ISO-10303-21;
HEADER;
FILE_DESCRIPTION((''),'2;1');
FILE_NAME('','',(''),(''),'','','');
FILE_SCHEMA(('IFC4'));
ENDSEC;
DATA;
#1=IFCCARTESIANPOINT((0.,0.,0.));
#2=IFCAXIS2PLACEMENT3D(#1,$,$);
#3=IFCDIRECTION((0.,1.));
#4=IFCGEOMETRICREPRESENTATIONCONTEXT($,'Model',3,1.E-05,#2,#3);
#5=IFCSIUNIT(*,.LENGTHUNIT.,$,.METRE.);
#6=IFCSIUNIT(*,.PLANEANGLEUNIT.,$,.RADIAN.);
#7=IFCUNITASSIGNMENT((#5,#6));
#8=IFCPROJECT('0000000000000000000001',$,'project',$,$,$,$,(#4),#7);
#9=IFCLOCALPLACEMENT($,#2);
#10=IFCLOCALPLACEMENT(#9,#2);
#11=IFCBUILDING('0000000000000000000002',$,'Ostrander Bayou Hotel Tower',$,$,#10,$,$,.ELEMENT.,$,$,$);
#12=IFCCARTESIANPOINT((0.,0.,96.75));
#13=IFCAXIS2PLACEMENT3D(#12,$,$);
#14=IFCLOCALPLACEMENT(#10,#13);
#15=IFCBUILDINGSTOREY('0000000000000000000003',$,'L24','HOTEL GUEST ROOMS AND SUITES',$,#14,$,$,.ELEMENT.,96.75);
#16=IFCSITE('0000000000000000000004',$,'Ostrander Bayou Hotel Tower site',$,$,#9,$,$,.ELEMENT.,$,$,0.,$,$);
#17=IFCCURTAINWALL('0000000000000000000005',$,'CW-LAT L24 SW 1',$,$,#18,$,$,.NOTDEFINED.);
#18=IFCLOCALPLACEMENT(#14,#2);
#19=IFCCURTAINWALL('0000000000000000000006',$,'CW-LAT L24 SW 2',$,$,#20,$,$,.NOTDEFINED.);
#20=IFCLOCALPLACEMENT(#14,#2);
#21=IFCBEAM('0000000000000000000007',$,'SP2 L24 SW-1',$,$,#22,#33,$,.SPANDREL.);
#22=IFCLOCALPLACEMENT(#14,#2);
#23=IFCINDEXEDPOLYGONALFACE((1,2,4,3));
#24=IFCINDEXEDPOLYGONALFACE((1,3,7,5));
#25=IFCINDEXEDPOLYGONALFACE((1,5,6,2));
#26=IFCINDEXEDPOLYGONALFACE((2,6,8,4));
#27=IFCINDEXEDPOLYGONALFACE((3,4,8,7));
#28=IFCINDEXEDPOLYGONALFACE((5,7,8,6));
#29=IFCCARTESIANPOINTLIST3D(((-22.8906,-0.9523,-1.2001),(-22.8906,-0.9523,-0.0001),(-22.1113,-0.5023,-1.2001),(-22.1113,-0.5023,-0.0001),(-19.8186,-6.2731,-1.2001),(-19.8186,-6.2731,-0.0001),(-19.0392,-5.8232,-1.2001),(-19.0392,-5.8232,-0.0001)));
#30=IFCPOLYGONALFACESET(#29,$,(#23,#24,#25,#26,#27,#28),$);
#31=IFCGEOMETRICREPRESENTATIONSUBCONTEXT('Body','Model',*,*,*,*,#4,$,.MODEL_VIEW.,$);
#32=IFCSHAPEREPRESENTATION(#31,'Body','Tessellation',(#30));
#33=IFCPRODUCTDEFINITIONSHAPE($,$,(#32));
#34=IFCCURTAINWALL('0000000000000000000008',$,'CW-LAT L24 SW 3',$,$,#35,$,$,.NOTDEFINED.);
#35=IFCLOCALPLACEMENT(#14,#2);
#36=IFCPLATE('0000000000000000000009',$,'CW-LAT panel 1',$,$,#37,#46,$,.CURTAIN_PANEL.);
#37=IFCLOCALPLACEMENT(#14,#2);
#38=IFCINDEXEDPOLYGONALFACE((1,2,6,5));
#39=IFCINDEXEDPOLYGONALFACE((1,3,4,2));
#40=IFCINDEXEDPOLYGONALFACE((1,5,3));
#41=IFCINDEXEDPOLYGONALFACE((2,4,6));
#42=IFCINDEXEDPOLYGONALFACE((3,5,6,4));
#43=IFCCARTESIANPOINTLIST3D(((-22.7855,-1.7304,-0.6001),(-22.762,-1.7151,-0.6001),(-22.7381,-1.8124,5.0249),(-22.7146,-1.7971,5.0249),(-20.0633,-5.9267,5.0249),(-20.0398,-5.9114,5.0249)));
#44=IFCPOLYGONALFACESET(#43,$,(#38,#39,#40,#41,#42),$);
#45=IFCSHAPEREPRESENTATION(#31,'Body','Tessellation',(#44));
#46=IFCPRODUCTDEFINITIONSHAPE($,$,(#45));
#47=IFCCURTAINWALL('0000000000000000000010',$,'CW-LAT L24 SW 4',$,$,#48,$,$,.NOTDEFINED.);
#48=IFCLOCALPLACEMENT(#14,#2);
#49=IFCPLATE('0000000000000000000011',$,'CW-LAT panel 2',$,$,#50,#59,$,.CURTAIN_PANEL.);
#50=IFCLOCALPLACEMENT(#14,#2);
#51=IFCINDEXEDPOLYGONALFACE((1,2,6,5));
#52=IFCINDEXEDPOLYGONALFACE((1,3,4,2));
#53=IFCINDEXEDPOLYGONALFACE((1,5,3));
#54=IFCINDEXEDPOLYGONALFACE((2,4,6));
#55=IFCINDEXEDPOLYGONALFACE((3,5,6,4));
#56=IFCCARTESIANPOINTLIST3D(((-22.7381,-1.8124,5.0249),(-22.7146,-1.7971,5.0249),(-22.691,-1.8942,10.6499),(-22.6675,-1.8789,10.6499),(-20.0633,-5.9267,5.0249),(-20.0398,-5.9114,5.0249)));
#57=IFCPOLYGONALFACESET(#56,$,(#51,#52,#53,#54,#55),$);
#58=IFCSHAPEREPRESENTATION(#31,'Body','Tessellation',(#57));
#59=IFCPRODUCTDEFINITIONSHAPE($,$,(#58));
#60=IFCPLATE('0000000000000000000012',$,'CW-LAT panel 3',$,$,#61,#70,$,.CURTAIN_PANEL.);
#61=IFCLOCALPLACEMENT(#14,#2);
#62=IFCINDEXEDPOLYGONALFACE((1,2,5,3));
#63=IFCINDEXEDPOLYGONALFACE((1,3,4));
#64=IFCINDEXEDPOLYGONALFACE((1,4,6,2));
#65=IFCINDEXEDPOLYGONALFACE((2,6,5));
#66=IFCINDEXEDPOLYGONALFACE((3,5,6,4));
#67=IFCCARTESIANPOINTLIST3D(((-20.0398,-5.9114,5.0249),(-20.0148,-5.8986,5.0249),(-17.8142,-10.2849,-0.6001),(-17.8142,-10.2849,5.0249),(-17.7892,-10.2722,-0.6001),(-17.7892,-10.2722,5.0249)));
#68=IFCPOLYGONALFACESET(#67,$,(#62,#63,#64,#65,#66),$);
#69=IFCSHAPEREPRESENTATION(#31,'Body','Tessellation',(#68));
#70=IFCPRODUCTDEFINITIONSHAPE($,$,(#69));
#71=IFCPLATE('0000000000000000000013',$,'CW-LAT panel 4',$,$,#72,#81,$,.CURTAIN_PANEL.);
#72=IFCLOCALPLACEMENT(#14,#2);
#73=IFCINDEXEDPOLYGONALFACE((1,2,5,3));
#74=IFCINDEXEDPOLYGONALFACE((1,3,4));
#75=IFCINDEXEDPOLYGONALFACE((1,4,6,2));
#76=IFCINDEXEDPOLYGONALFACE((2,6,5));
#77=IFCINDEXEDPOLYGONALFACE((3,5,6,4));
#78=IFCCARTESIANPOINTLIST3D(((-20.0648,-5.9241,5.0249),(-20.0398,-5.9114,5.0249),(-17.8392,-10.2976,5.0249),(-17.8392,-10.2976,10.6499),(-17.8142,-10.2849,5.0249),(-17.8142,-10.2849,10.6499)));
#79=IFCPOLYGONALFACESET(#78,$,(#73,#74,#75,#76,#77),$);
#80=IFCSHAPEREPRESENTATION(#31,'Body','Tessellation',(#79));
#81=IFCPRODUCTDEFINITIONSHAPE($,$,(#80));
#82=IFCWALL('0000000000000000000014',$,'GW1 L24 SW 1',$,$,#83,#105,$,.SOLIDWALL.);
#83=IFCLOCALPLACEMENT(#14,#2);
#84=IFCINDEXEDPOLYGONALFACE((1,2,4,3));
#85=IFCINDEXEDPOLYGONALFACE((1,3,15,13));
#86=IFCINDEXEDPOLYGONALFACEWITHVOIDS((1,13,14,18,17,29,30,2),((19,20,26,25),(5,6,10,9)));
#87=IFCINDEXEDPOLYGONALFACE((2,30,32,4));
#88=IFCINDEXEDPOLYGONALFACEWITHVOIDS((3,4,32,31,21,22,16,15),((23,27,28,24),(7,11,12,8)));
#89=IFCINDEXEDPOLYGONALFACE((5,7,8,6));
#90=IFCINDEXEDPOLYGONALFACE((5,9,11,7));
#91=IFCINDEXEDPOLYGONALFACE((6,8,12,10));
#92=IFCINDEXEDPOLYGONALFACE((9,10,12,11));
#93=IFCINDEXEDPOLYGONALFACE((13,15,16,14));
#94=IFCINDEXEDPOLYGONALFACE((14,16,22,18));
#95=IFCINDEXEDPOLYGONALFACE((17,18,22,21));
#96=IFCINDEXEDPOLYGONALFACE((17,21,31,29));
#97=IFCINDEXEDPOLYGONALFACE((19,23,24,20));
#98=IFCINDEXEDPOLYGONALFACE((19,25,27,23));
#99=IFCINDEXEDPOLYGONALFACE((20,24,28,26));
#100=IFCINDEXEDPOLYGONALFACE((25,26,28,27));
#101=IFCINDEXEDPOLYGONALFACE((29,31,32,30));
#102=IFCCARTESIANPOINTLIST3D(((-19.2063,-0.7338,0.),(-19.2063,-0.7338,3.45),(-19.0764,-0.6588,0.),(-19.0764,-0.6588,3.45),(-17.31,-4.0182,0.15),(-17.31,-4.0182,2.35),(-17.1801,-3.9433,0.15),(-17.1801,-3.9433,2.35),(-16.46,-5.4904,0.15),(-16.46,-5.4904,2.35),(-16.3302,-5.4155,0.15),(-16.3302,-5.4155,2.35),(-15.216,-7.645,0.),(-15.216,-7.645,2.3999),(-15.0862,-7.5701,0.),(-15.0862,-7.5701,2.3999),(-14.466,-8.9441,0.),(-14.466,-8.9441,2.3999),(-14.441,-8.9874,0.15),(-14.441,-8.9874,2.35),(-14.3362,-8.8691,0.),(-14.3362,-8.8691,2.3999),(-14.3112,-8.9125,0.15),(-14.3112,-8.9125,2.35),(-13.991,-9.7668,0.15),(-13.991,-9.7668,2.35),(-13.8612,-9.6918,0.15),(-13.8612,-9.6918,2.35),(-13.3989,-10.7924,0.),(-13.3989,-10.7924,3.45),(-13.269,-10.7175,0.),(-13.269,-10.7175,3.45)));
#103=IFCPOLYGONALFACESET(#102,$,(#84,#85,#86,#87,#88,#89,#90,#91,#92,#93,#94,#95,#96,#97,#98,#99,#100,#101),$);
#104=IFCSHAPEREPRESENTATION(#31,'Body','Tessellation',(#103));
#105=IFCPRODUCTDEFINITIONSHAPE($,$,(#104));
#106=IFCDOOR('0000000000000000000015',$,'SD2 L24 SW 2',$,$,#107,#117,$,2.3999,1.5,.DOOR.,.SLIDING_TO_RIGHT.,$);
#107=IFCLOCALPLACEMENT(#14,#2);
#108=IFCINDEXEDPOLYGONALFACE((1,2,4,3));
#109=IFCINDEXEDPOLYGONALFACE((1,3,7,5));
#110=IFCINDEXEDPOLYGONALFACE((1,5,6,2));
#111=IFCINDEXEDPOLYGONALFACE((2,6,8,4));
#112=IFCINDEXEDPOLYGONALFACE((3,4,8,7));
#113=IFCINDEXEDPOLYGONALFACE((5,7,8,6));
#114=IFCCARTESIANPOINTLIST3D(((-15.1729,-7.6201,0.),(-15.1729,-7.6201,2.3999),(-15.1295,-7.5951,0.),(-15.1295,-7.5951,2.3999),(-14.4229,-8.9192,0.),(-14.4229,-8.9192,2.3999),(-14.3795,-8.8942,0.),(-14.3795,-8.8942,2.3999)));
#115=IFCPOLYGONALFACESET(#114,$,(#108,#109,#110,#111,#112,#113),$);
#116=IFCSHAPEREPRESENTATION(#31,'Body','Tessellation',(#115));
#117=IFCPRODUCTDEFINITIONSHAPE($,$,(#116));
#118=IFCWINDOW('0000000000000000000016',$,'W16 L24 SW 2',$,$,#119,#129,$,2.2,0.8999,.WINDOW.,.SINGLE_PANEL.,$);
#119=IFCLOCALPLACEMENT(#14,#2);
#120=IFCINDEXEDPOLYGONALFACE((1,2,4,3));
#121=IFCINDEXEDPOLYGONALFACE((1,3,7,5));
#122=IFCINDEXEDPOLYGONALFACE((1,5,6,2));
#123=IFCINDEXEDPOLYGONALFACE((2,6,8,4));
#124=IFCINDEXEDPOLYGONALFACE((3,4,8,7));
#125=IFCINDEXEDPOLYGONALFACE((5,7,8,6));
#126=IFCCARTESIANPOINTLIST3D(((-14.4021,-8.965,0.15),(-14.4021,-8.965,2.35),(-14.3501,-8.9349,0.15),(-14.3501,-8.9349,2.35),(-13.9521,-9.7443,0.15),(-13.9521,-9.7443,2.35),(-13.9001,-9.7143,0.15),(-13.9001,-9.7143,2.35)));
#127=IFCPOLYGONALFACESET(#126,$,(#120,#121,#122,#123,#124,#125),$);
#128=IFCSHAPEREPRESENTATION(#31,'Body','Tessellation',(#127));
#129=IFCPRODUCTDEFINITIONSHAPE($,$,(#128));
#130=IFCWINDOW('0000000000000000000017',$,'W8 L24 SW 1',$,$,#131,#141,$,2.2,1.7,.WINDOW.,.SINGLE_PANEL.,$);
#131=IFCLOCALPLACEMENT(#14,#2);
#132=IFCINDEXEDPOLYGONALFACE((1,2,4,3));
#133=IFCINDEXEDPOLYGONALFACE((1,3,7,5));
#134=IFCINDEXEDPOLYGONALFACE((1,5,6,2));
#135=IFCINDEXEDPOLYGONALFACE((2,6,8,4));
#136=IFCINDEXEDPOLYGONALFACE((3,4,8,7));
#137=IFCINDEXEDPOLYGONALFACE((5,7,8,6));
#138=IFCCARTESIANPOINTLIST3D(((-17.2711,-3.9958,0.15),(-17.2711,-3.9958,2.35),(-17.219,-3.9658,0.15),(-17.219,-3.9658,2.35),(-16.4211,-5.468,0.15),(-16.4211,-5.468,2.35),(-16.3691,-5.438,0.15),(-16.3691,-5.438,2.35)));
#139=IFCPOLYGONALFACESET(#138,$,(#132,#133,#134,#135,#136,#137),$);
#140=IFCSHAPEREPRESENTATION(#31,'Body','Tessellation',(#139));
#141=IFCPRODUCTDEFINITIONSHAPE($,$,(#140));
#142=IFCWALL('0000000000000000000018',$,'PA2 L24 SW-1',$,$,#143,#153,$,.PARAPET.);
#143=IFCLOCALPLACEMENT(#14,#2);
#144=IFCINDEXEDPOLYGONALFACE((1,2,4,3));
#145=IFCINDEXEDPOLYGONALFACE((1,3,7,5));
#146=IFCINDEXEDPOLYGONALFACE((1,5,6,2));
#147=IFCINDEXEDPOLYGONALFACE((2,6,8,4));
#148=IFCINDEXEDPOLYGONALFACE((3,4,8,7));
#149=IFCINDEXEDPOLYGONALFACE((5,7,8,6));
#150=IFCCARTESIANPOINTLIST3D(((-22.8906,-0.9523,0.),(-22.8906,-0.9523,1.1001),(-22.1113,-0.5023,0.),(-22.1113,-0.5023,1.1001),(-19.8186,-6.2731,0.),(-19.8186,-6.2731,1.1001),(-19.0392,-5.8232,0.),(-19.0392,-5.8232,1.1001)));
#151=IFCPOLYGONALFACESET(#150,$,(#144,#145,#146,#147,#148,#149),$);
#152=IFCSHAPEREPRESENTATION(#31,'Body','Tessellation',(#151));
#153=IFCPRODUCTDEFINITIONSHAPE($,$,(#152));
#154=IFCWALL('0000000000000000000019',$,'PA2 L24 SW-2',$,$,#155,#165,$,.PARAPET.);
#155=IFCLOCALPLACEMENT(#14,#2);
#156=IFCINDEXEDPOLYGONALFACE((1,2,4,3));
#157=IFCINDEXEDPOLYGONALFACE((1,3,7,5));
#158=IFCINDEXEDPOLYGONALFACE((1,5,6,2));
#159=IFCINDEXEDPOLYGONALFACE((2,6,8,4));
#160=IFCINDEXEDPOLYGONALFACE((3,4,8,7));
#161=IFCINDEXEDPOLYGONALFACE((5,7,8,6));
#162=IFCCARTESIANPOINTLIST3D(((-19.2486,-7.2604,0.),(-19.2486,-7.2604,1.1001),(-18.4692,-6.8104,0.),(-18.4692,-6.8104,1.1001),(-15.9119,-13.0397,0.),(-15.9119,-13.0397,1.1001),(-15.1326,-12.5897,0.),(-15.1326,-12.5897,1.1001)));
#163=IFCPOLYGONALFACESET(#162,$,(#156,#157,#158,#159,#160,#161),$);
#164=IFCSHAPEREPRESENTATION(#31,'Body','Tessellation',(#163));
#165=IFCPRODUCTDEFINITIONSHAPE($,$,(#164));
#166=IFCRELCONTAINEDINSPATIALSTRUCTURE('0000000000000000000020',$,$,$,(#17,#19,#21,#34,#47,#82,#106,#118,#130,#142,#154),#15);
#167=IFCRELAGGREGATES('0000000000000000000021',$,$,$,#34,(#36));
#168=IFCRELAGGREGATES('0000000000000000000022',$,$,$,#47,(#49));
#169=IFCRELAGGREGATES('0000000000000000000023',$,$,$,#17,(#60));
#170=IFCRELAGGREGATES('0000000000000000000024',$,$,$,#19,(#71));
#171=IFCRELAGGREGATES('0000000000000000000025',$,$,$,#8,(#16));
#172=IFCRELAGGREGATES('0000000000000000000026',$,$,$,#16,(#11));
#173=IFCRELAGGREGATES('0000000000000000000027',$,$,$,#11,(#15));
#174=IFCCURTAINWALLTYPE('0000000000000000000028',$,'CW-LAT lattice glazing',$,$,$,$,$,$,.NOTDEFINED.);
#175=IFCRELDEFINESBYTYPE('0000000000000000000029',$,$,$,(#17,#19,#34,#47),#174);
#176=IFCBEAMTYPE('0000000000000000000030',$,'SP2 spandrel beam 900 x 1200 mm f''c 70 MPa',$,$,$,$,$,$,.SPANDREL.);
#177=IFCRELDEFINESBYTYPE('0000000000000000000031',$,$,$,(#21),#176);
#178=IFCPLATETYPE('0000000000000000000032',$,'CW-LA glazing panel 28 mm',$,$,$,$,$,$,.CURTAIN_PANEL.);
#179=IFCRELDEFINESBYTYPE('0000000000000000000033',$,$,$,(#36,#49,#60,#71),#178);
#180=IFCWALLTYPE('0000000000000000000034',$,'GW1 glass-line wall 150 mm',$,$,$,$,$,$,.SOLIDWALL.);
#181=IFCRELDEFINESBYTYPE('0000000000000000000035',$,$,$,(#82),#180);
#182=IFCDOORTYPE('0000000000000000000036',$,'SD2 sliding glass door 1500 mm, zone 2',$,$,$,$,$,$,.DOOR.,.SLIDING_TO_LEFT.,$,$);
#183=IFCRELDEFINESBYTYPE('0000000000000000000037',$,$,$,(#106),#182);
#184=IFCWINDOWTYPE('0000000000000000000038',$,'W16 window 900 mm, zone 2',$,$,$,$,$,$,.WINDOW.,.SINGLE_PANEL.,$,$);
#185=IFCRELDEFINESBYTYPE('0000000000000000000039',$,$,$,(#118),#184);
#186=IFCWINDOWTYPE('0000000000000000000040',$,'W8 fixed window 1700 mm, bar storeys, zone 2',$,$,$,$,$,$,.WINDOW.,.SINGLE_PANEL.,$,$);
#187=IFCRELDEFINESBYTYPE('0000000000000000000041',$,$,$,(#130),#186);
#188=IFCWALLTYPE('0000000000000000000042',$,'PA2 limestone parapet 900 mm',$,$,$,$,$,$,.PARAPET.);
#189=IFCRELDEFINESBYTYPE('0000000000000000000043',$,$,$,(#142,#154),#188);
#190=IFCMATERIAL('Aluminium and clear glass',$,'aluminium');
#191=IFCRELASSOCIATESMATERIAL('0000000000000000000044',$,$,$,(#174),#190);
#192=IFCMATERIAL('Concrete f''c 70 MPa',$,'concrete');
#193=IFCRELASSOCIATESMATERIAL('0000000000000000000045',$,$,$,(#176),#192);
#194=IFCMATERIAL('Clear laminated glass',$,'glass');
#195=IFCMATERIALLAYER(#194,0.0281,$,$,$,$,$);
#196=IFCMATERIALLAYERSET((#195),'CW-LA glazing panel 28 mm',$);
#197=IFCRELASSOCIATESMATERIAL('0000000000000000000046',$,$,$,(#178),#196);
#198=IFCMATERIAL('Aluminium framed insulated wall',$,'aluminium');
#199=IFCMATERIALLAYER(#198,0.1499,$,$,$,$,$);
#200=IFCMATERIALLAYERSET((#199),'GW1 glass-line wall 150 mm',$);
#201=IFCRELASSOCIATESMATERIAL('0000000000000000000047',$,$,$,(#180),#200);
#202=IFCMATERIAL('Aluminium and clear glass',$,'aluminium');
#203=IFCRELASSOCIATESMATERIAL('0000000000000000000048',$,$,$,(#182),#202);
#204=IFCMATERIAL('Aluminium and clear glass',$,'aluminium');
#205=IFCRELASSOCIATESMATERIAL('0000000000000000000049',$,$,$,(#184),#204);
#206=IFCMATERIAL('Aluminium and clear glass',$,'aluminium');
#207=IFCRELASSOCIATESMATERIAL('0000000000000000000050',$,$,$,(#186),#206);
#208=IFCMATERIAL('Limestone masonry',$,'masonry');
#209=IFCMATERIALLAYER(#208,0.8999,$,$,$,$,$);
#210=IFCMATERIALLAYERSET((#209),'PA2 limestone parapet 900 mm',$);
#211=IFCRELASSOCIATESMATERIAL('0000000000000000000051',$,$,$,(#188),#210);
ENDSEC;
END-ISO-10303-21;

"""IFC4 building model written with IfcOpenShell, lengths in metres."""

from ifc_helpers import new_model, si_unit, direction, frame, frame_2d, origin, origin_2d, place, context, subcontext, project, spatial, polyline, rectangle, outline, extrude, material, layer, layer_set, material_profile, profile_set, type_object, element, fill, aggregate, save


model = new_model("IFC4")

# Units and contexts
model_context = context("Model", 3, precision=1e-05, world=origin(), true_north=direction((0.0, 1.0)))
body_context = subcontext(model_context, "Body", "Model", "MODEL_VIEW")
ifc_project = project(units=[si_unit("LENGTHUNIT", "METRE"), si_unit("PLANEANGLEUNIT", "RADIAN")], contexts=[model_context])

# Site, building, storey
site_placement = place(None, origin())
site = spatial("IfcSite", under=ifc_project, at=site_placement, Name="Ostrander Bayou Hotel Tower site", CompositionType="ELEMENT", RefElevation=0.0)
building_placement = place(site_placement, origin())
building = spatial("IfcBuilding", under=site, at=building_placement, Name="Ostrander Bayou Hotel Tower", CompositionType="ELEMENT")
storey_placement = place(building_placement, frame((0.0, 0.0, 96.75)))
storey = spatial("IfcBuildingStorey", under=building, at=storey_placement, Name="L24", Description="HOTEL GUEST ROOMS AND SUITES", CompositionType="ELEMENT", Elevation=96.75)

# Curtain wall
ifc_material_1 = material(Name="Aluminium and clear glass", Category="aluminium")
curtain_wall_type = type_object("IfcCurtainWallType", Name="CW-LAT lattice glazing", PredefinedType="NOTDEFINED", material=ifc_material_1)
curtain_wall_1_placement = place(storey_placement, origin())
curtain_wall_1 = element("IfcCurtainWall", 1, at=curtain_wall_1_placement, inside=storey, type_object=curtain_wall_type, Name="CW-LAT L24 SW 1", PredefinedType="NOTDEFINED")

# Curtain wall
curtain_wall_2_placement = place(storey_placement, origin())
curtain_wall_2 = element("IfcCurtainWall", 2, at=curtain_wall_2_placement, inside=storey, type_object=curtain_wall_type, Name="CW-LAT L24 SW 2", PredefinedType="NOTDEFINED")

# Beam
ifc_material_2 = material(Name="Concrete f'c 70 MPa", Category="concrete")
ifc_material_profile_1 = material_profile(ifc_material_2, rectangle(XDim=0.8999, YDim=1.2, at=origin_2d()))
ifc_profile_set_1 = profile_set([ifc_material_profile_1], Name="Concrete f'c 70 MPa")
beam_type_1 = type_object("IfcBeamType", Name="SP2 spandrel beam 900 x 1200 mm f'c 70 MPa", PredefinedType="SPANDREL", material=ifc_profile_set_1)
beam_1_placement = place(storey_placement, frame((-22.501, -0.7273, -0.6001), z_axis=(0.500007, -0.866021, 0.0), x_axis=(0.866021, 0.500007, 0.0)))
element("IfcBeam", 3, at=beam_1_placement, inside=storey, type_object=beam_type_1, Name="SP2 L24 SW-1", PredefinedType="SPANDREL", context=body_context, shape_type="SweptSolid", body=[
    extrude(rectangle(XDim=0.8999, YDim=1.2, at=origin_2d()), origin(), (0.0, 0.0, 1.0), 6.144),
])

# Curtain walls, plates
curtain_wall_3_placement = place(storey_placement, origin())
curtain_wall_3 = element("IfcCurtainWall", 4, at=curtain_wall_3_placement, inside=storey, type_object=curtain_wall_type, Name="CW-LAT L24 SW 3", PredefinedType="NOTDEFINED")
ifc_material_3 = material(Name="Clear laminated glass", Category="glass")
ifc_layer_1 = layer(ifc_material_3, 0.0281)
ifc_layer_set_1 = layer_set([ifc_layer_1], Name="CW-LA glazing panel 28 mm")
plate_type = type_object("IfcPlateType", Name="CW-LA glazing panel 28 mm", PredefinedType="CURTAIN_PANEL", material=ifc_layer_set_1)
plate_1_placement = place(storey_placement, frame((-20.0398, -5.9114, 5.0249), z_axis=(0.838393, 0.545065, 0.000889), x_axis=(-0.361641, 0.557479, -0.747284)))
plate_1 = element("IfcPlate", 5, at=plate_1_placement, type_object=plate_type, Name="CW-LAT panel 1", PredefinedType="CURTAIN_PANEL", context=body_context, shape_type="SweptSolid", body=[
    extrude(outline(polyline([(0.0, 0.0), (7.5273, 0.0), (3.2609, 3.6672), (0.0, 0.0)])), origin(), (0.0, 0.0, -1.0), 0.0281),
])
aggregate(curtain_wall_3, [plate_1])
curtain_wall_4_placement = place(storey_placement, origin())
curtain_wall_4 = element("IfcCurtainWall", 6, at=curtain_wall_4_placement, inside=storey, type_object=curtain_wall_type, Name="CW-LAT L24 SW 4", PredefinedType="NOTDEFINED")
plate_2_placement = place(storey_placement, frame((-20.0398, -5.9114, 5.0249), z_axis=(0.838393, 0.545065, 0.000902), x_axis=(-0.354943, 0.544699, 0.759815)))
plate_2 = element("IfcPlate", 7, at=plate_2_placement, type_object=plate_type, Name="CW-LAT panel 2", PredefinedType="CURTAIN_PANEL", context=body_context, shape_type="SweptSolid", body=[
    extrude(outline(polyline([(0.0, 0.0), (7.4031, 0.0), (3.1904, -3.7286), (0.0, 0.0)])), origin(), (0.0, 0.0, -1.0), 0.0281),
])
aggregate(curtain_wall_4, [plate_2])

# Plates
plate_3_placement = place(storey_placement, frame((-20.0398, -5.9114, 5.0249), z_axis=(-0.891241, -0.453531, 0.0), x_axis=(0.298148, -0.585896, -0.753547)))
plate_3 = element("IfcPlate", 8, at=plate_3_placement, type_object=plate_type, Name="CW-LAT panel 3", PredefinedType="CURTAIN_PANEL", context=body_context, shape_type="SweptSolid", body=[
    extrude(outline(polyline([(0.0, 0.0), (7.4647, 0.0), (3.226, 3.6978), (0.0, 0.0)])), origin(), (0.0, 0.0, -1.0), 0.0281),
])
aggregate(curtain_wall_1, [plate_3])
plate_4_placement = place(storey_placement, frame((-20.0398, -5.9114, 5.0249), z_axis=(0.891241, 0.453531, 0.0), x_axis=(0.298148, -0.585896, 0.753547)))
plate_4 = element("IfcPlate", 9, at=plate_4_placement, type_object=plate_type, Name="CW-LAT panel 4", PredefinedType="CURTAIN_PANEL", context=body_context, shape_type="SweptSolid", body=[
    extrude(outline(polyline([(0.0, 0.0), (7.4647, 0.0), (3.226, 3.6978), (0.0, 0.0)])), origin(), (0.0, 0.0, -1.0), 0.0281),
])
aggregate(curtain_wall_2, [plate_4])

# Wall, openings, door, windows
ifc_material_4 = material(Name="Aluminium framed insulated wall", Category="aluminium")
ifc_layer_2 = layer(ifc_material_4, 0.1499)
ifc_layer_set_2 = layer_set([ifc_layer_2], Name="GW1 glass-line wall 150 mm")
wall_type_1 = type_object("IfcWallType", Name="GW1 glass-line wall 150 mm", PredefinedType="SOLIDWALL", material=ifc_layer_set_2)
wall_1_placement = place(storey_placement, frame((-19.1414, -0.6963, 0.0), z_axis=(0.0, 0.0, 1.0), x_axis=(0.500003, -0.866024, 0.0)))
wall_1 = element("IfcWall", 10, at=wall_1_placement, inside=storey, type_object=wall_type_1, Name="GW1 L24 SW 1", PredefinedType="SOLIDWALL", context=body_context, shape_type="SweptSolid", body=[
    extrude(rectangle(XDim=11.6147, YDim=0.1499, at=frame_2d((5.8074, 0.0))), origin(), (0.0, 0.0, 1.0), 3.45),
])
opening_1_placement = place(wall_1_placement, frame((3.7925, 0.0, 0.1499)))
opening_1 = element("IfcOpeningElement", 11, at=opening_1_placement, cuts=wall_1, PredefinedType="OPENING", context=body_context, shape_type="SweptSolid", body=[
    extrude(rectangle(XDim=1.7, YDim=2.2, at=frame_2d((0.8501, 1.1001))), frame((0.0, 0.075, 0.0), z_axis=(0.0, -1.0, 0.0), x_axis=(1.0, 0.0, 0.0)), (0.0, 0.0, 1.0), 0.1499),
])
opening_2_placement = place(wall_1_placement, frame((9.5305, 0.0, 0.1499)))
opening_2 = element("IfcOpeningElement", 12, at=opening_2_placement, cuts=wall_1, PredefinedType="OPENING", context=body_context, shape_type="SweptSolid", body=[
    extrude(rectangle(XDim=0.8999, YDim=2.2, at=frame_2d((0.45, 1.1001))), frame((0.0, 0.075, 0.0), z_axis=(0.0, -1.0, 0.0), x_axis=(1.0, 0.0, 0.0)), (0.0, 0.0, 1.0), 0.1499),
])
opening_3_placement = place(wall_1_placement, frame((7.9805, 0.0, 0.0)))
opening_3 = element("IfcOpeningElement", 13, at=opening_3_placement, cuts=wall_1, PredefinedType="OPENING", context=body_context, shape_type="SweptSolid", body=[
    extrude(rectangle(XDim=1.5, YDim=2.3999, at=frame_2d((0.75, 1.2))), frame((0.0, 0.075, 0.0), z_axis=(0.0, -1.0, 0.0), x_axis=(1.0, 0.0, 0.0)), (0.0, 0.0, 1.0), 0.1499),
])
ifc_material_5 = material(Name="Aluminium and clear glass", Category="aluminium")
door_type_1 = type_object("IfcDoorType", Name="SD2 sliding glass door 1500 mm, zone 2", OperationType="SLIDING_TO_LEFT", PredefinedType="DOOR", material=ifc_material_5)
door_1_placement = place(opening_3_placement, origin())
door_1 = element("IfcDoor", 14, at=door_1_placement, inside=storey, type_object=door_type_1, Name="SD2 L24 SW 2", OperationType="SLIDING_TO_RIGHT", OverallHeight=2.3999, OverallWidth=1.5, PredefinedType="DOOR", context=body_context, shape_type="SweptSolid", body=[
    extrude(rectangle(XDim=1.5, YDim=2.3999, at=frame_2d((0.75, 1.2))), frame((0.0, 0.0249, 0.0), z_axis=(0.0, -1.0, 0.0), x_axis=(1.0, 0.0, 0.0)), (0.0, 0.0, 1.0), 0.05),
])
fill(opening_3, door_1)
ifc_material_6 = material(Name="Aluminium and clear glass", Category="aluminium")
window_type_1 = type_object("IfcWindowType", Name="W16 window 900 mm, zone 2", PartitioningType="SINGLE_PANEL", PredefinedType="WINDOW", material=ifc_material_6)
window_1_placement = place(opening_2_placement, origin())
window_1 = element("IfcWindow", 15, at=window_1_placement, inside=storey, type_object=window_type_1, Name="W16 L24 SW 2", OverallHeight=2.2, OverallWidth=0.8999, PartitioningType="SINGLE_PANEL", PredefinedType="WINDOW", context=body_context, shape_type="SweptSolid", body=[
    extrude(rectangle(XDim=0.8999, YDim=2.2, at=frame_2d((0.45, 1.1001))), frame((0.0, 0.03, 0.0), z_axis=(0.0, -1.0, 0.0), x_axis=(1.0, 0.0, 0.0)), (0.0, 0.0, 1.0), 0.0601),
])
fill(opening_2, window_1)
ifc_material_7 = material(Name="Aluminium and clear glass", Category="aluminium")
window_type_2 = type_object("IfcWindowType", Name="W8 fixed window 1700 mm, bar storeys, zone 2", PartitioningType="SINGLE_PANEL", PredefinedType="WINDOW", material=ifc_material_7)
window_2_placement = place(opening_1_placement, origin())
window_2 = element("IfcWindow", 16, at=window_2_placement, inside=storey, type_object=window_type_2, Name="W8 L24 SW 1", OverallHeight=2.2, OverallWidth=1.7, PartitioningType="SINGLE_PANEL", PredefinedType="WINDOW", context=body_context, shape_type="SweptSolid", body=[
    extrude(rectangle(XDim=1.7, YDim=2.2, at=frame_2d((0.8501, 1.1001))), frame((0.0, 0.03, 0.0), z_axis=(0.0, -1.0, 0.0), x_axis=(1.0, 0.0, 0.0)), (0.0, 0.0, 1.0), 0.0601),
])
fill(opening_1, window_2)

# Walls
ifc_material_8 = material(Name="Limestone masonry", Category="masonry")
ifc_layer_3 = layer(ifc_material_8, 0.8999)
ifc_layer_set_3 = layer_set([ifc_layer_3], Name="PA2 limestone parapet 900 mm")
wall_type_2 = type_object("IfcWallType", Name="PA2 limestone parapet 900 mm", PredefinedType="PARAPET", material=ifc_layer_set_3)
wall_2_placement = place(storey_placement, frame((-22.501, -0.7273, 0.0), z_axis=(0.0, 0.0, 1.0), x_axis=(0.500007, -0.866021, 0.0)))
element("IfcWall", 17, at=wall_2_placement, inside=storey, type_object=wall_type_2, Name="PA2 L24 SW-1", PredefinedType="PARAPET", context=body_context, shape_type="SweptSolid", body=[
    extrude(rectangle(XDim=6.144, YDim=0.8999, at=frame_2d((3.072, 0.0))), origin(), (0.0, 0.0, 1.0), 1.1001),
])
wall_3_placement = place(storey_placement, frame((-18.8589, -7.0354, 0.0), z_axis=(0.0, 0.0, 1.0), x_axis=(0.499999, -0.866026, 0.0)))
element("IfcWall", 18, at=wall_3_placement, inside=storey, type_object=wall_type_2, Name="PA2 L24 SW-2", PredefinedType="PARAPET", context=body_context, shape_type="SweptSolid", body=[
    extrude(rectangle(XDim=6.6733, YDim=0.8999, at=frame_2d((3.3367, 0.0))), origin(), (0.0, 0.0, 1.0), 1.1001),
])

save(model, "model.ifc")
